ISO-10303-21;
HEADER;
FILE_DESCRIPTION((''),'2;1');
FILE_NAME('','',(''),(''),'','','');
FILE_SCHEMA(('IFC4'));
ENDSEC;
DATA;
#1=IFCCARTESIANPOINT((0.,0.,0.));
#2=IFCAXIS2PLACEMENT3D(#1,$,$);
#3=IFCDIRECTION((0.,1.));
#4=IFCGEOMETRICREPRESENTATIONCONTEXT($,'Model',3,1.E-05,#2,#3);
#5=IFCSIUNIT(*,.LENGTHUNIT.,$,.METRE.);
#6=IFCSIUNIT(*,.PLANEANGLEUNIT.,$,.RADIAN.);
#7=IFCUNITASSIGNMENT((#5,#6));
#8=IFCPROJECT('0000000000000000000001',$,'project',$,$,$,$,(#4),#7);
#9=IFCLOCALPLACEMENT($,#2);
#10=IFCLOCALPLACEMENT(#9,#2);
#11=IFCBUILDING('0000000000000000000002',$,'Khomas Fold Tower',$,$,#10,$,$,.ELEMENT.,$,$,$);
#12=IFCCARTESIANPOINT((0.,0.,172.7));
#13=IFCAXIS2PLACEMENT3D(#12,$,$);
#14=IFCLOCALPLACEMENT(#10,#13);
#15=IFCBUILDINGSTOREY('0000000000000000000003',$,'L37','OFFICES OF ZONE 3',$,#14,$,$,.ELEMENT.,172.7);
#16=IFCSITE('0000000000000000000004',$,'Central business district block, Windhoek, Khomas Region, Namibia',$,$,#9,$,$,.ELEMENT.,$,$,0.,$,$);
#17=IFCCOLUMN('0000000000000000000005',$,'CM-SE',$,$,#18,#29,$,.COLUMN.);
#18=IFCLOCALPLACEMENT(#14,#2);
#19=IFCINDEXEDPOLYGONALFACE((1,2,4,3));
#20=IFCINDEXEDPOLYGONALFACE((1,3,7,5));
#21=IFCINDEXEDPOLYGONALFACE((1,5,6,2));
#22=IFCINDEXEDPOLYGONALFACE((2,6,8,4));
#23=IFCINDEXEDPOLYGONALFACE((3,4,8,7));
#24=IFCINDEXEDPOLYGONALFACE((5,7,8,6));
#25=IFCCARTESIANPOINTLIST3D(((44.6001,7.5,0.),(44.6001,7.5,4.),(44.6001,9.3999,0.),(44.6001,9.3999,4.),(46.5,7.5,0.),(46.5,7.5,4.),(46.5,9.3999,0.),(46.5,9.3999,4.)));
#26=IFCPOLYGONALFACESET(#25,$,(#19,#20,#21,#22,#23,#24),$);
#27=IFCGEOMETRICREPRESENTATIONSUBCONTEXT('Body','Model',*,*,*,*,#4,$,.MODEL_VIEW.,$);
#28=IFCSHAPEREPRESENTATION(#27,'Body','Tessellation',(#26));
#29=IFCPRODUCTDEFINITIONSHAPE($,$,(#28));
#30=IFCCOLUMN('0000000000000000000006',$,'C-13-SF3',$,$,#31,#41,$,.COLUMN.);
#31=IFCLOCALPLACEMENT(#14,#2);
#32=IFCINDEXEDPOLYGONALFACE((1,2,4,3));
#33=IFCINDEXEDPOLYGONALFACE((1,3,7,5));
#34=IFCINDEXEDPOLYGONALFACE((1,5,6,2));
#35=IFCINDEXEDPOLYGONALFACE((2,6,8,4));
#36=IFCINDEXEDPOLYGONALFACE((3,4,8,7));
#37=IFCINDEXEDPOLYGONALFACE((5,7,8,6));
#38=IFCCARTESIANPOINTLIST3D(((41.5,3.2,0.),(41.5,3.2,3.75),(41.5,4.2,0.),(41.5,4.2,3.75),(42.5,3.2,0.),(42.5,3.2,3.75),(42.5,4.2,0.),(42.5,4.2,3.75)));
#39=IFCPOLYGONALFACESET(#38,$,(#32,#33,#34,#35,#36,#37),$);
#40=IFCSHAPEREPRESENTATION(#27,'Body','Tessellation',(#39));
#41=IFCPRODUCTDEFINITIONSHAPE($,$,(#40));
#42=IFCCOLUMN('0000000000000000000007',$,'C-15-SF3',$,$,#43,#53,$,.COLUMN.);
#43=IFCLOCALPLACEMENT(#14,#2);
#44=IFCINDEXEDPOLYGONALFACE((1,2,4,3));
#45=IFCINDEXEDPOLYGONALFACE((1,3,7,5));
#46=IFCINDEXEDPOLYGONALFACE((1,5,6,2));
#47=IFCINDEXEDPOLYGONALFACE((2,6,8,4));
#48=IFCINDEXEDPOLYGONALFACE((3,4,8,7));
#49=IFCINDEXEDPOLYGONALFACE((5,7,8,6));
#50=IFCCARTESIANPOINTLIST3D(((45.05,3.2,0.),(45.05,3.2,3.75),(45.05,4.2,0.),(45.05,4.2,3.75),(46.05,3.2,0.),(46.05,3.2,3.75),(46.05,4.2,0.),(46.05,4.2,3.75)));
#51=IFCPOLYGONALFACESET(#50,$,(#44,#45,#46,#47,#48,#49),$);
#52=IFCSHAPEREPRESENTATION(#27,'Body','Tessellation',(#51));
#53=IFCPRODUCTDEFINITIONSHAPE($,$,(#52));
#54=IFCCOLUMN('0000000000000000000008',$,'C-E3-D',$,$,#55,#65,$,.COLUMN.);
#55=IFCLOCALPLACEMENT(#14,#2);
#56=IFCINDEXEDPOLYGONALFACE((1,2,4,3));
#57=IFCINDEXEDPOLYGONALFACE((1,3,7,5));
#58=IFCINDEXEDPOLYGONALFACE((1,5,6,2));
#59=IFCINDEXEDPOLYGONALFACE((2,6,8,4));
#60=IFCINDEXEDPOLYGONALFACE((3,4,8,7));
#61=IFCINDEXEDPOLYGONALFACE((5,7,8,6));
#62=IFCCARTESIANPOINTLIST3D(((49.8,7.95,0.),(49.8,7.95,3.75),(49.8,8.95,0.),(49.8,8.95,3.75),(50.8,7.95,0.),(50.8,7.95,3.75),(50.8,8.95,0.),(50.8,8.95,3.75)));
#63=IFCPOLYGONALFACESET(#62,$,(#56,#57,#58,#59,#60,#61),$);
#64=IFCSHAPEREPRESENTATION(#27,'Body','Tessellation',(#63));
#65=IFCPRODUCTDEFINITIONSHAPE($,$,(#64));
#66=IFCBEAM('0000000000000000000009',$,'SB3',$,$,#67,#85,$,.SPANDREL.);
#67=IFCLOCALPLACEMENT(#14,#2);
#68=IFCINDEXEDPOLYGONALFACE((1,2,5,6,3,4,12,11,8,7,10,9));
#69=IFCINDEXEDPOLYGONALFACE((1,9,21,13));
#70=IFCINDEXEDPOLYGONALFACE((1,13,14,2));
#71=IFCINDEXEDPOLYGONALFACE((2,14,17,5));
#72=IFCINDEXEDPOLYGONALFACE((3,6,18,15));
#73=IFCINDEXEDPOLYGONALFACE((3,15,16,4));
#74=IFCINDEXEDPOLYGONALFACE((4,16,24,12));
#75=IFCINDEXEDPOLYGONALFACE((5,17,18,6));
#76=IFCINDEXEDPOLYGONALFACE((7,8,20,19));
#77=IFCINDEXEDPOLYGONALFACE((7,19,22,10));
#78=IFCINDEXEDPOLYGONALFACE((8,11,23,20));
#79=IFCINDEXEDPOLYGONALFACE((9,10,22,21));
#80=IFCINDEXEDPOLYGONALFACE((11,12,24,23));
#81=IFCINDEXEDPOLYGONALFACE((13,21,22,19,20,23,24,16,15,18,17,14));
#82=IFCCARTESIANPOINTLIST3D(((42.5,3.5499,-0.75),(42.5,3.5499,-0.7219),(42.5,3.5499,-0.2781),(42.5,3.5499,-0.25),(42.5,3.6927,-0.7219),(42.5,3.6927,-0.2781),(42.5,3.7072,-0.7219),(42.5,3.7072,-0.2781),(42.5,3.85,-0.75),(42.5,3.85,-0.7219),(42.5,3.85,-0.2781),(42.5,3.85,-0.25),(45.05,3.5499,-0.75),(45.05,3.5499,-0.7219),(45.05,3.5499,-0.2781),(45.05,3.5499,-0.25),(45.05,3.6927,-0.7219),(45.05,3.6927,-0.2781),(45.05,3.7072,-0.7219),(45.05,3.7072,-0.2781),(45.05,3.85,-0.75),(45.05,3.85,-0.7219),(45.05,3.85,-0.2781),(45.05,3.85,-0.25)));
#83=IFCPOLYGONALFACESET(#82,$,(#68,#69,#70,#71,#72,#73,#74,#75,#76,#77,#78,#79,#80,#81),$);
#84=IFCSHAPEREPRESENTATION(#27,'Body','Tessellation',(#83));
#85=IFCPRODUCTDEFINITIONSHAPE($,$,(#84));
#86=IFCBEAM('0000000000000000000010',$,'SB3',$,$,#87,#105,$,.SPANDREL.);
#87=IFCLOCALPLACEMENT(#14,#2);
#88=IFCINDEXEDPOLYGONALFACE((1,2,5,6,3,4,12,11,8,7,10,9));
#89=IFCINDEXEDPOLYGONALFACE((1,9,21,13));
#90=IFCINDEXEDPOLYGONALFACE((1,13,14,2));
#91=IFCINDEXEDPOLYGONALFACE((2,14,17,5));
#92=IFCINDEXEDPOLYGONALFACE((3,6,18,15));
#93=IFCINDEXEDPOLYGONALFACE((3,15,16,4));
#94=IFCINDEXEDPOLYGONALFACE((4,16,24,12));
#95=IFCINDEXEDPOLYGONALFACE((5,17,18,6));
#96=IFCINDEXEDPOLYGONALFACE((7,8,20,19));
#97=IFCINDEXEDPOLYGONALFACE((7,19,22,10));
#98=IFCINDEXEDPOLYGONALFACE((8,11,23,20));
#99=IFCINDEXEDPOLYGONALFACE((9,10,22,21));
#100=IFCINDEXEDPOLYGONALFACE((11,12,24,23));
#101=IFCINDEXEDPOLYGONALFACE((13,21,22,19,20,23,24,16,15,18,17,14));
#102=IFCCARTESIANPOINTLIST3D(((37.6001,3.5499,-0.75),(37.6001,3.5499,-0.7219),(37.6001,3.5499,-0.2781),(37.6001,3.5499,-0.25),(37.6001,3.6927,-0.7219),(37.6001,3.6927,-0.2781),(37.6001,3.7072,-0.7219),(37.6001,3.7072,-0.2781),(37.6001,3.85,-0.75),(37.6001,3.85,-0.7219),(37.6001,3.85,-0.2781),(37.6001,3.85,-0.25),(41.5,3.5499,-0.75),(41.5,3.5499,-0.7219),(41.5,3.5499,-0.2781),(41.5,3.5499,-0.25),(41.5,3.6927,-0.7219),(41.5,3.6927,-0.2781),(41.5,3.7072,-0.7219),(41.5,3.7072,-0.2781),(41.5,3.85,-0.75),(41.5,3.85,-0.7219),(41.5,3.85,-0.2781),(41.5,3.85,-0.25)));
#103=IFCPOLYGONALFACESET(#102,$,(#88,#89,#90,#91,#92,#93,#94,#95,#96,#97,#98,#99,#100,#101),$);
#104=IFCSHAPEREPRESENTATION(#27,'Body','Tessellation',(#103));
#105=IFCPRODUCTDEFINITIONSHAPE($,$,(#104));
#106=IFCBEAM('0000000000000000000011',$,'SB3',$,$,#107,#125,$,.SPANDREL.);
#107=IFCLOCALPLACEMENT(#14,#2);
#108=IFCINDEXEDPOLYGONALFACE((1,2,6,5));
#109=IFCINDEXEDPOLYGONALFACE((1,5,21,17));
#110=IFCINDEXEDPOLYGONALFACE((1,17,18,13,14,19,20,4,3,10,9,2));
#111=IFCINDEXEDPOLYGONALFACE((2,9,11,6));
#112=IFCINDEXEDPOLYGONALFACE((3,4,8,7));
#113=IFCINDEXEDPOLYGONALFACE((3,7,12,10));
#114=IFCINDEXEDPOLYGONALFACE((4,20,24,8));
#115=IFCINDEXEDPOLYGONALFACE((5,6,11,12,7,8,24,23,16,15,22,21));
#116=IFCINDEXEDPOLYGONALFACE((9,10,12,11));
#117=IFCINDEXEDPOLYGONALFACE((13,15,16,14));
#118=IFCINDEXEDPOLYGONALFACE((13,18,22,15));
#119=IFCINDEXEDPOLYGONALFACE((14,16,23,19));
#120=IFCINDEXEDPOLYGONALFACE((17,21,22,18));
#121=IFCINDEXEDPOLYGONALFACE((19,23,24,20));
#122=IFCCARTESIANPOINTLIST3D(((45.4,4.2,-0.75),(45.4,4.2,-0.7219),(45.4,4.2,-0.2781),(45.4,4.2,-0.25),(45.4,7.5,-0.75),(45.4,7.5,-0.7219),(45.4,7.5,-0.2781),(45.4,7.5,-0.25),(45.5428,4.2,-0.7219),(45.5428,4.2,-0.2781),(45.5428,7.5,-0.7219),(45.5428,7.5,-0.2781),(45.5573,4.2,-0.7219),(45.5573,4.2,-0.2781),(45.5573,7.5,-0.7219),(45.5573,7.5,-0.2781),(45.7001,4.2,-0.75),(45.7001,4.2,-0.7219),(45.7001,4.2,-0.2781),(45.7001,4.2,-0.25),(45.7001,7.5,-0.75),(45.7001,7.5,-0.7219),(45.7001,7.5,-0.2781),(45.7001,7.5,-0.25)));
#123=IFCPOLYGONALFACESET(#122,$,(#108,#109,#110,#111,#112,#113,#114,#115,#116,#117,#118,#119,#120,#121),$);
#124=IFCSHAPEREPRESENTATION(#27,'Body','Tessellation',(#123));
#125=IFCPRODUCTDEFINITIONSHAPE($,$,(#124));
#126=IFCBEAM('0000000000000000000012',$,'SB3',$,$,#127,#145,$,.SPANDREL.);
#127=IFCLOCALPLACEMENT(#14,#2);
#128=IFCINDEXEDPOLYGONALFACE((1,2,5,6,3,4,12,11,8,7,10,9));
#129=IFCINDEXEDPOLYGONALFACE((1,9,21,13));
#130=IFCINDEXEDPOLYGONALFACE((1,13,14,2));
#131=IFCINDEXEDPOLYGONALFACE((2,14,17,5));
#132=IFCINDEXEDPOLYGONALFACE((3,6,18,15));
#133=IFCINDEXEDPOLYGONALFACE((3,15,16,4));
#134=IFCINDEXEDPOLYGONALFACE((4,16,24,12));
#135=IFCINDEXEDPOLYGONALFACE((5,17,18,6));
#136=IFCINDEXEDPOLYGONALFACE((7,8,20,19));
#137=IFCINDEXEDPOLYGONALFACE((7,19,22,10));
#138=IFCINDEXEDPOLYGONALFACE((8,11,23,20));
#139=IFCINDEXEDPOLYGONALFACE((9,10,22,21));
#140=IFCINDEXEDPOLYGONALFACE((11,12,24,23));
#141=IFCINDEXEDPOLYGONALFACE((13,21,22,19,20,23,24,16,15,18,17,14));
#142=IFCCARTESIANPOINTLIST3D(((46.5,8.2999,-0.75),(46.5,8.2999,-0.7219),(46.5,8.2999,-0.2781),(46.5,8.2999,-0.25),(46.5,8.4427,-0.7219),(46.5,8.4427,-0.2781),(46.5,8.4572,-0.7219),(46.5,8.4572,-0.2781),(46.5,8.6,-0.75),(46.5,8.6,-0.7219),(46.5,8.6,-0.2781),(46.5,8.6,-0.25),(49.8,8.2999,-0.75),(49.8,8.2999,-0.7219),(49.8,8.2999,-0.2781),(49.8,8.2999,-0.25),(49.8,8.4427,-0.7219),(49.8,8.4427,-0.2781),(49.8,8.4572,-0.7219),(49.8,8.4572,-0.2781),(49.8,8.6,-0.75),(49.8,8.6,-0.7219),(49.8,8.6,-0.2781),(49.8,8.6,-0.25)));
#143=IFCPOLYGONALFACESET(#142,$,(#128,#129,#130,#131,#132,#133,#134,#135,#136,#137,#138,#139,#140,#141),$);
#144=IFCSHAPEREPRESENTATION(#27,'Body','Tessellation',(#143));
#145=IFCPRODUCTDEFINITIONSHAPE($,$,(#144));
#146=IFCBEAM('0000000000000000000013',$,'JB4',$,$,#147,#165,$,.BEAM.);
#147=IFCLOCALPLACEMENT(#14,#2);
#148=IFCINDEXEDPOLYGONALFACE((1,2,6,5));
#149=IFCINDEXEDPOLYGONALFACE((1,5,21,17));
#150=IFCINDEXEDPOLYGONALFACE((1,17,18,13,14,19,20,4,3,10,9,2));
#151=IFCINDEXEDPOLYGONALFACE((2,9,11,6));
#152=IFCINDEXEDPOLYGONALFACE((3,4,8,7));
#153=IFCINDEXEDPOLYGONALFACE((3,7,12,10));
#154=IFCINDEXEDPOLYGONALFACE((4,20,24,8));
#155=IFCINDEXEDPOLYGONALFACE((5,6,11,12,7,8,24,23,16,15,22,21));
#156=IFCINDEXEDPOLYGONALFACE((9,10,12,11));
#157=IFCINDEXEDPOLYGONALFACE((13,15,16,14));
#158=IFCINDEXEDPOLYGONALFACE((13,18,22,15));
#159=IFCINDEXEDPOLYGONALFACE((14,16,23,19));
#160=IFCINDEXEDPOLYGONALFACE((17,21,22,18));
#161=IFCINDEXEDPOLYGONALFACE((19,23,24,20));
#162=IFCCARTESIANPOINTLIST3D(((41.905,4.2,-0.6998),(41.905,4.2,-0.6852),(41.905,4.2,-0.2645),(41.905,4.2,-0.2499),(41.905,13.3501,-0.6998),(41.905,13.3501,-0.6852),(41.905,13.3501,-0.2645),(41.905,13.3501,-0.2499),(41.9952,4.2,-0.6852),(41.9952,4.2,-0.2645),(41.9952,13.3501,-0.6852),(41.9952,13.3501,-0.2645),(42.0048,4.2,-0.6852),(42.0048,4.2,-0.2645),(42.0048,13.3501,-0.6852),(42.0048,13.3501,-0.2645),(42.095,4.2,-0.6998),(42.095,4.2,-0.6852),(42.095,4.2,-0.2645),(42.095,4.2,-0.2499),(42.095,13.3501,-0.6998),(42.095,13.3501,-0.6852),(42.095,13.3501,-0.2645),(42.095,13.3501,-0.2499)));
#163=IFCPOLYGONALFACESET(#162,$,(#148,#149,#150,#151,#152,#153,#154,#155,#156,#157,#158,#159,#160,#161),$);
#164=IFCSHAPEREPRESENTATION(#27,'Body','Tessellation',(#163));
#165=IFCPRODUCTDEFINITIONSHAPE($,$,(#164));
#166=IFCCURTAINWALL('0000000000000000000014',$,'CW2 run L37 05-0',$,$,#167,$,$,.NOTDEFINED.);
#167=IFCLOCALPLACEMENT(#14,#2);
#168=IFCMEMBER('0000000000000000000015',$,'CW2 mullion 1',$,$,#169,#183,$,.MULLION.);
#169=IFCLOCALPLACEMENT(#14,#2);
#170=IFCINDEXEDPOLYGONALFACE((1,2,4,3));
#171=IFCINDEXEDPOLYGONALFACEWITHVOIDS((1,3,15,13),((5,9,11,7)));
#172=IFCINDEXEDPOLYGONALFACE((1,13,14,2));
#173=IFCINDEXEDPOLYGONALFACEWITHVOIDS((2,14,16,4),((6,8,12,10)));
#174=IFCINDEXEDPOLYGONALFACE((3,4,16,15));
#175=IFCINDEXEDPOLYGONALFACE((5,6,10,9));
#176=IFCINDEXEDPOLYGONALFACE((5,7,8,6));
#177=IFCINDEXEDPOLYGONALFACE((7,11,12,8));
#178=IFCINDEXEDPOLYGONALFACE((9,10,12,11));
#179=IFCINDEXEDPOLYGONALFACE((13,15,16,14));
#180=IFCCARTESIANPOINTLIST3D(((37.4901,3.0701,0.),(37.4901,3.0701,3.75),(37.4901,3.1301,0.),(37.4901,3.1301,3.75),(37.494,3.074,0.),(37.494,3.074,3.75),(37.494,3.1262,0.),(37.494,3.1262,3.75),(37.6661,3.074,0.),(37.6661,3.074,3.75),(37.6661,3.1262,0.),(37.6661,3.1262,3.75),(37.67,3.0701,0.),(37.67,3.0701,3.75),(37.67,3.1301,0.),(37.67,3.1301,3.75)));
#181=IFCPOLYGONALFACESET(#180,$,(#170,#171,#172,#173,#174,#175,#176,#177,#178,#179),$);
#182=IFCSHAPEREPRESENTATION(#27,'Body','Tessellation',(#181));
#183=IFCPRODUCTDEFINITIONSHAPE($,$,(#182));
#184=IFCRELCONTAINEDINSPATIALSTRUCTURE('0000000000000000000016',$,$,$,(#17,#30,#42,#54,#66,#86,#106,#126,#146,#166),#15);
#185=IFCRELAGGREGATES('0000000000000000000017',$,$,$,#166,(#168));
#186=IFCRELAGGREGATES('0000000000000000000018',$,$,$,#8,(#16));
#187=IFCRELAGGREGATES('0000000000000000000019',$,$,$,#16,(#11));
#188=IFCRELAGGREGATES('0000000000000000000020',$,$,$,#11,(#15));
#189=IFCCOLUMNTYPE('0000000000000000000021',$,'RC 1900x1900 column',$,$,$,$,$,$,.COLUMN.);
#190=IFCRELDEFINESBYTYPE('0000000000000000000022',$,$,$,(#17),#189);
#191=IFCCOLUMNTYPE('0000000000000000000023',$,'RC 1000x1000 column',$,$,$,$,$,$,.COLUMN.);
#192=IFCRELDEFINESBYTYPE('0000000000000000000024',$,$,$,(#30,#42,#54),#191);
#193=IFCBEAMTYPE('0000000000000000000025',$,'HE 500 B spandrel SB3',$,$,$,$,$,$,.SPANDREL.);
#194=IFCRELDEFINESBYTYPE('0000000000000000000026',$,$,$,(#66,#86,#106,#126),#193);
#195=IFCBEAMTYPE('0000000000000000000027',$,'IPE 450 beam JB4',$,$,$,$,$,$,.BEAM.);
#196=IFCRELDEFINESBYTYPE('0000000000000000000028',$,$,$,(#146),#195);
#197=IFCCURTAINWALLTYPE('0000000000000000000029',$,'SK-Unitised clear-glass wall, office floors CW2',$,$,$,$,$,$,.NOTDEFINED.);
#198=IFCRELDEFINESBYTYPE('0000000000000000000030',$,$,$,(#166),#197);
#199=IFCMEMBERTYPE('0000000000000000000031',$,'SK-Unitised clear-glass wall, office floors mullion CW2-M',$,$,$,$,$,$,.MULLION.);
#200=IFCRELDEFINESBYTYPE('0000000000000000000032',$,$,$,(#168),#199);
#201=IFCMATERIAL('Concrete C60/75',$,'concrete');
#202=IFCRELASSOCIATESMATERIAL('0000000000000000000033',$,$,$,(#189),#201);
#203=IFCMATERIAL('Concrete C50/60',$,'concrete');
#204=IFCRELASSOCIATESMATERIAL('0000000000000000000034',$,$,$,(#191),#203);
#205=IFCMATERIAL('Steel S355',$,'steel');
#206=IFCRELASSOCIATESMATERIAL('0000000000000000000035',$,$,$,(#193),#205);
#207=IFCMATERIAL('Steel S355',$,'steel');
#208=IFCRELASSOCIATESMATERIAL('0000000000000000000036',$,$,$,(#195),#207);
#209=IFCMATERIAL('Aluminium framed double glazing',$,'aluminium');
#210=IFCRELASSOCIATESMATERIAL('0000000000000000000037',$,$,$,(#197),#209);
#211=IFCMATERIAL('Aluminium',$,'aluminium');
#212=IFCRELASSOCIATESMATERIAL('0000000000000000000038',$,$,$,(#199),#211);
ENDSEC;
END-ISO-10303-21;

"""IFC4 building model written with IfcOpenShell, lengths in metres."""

from ifc_helpers import new_model, si_unit, direction, frame, origin, origin_2d, place, context, subcontext, project, spatial, rectangle, hollow_rectangle, i_section, extrude, source, transform, mapped, material, material_profile, profile_set, type_object, element, aggregate, save


model = new_model("IFC4")

# Units and contexts
model_context = context("Model", 3, precision=1e-05, world=origin(), true_north=direction((0.0, 1.0)))
body_context = subcontext(model_context, "Body", "Model", "MODEL_VIEW")
ifc_project = project(units=[si_unit("LENGTHUNIT", "METRE"), si_unit("PLANEANGLEUNIT", "RADIAN")], contexts=[model_context])

# Site, building, storey
site_placement = place(None, origin())
site = spatial("IfcSite", under=ifc_project, at=site_placement, Name="Central business district block, Windhoek, Khomas Region, Namibia", CompositionType="ELEMENT", RefElevation=0.0)
building_placement = place(site_placement, origin())
building = spatial("IfcBuilding", under=site, at=building_placement, Name="Khomas Fold Tower", CompositionType="ELEMENT")
storey_placement = place(building_placement, frame((0.0, 0.0, 172.7)))
storey = spatial("IfcBuildingStorey", under=building, at=storey_placement, Name="L37", Description="OFFICES OF ZONE 3", CompositionType="ELEMENT", Elevation=172.7)

# Columns
ifc_material_1 = material(Name="Concrete C60/75", Category="concrete")
ifc_material_profile_1 = material_profile(ifc_material_1, rectangle(XDim=1.8999, YDim=1.8999, at=origin_2d()), Name="RC 1900x1900")
ifc_profile_set_1 = profile_set([ifc_material_profile_1], Name="Concrete C60/75")
column_type_1 = type_object("IfcColumnType", Name="RC 1900x1900 column", PredefinedType="COLUMN", material=ifc_profile_set_1)
shared_shape_1 = source(origin(), body_context, "Body", "SweptSolid", [
    extrude(rectangle(XDim=1.8999, YDim=1.8999, at=origin_2d()), origin(), (0.0, 0.0, 1.0), 4.0),
])
column_placement = place(storey_placement, frame((45.55, 8.45, 0.0), z_axis=(0.0, 0.0, 1.0), x_axis=(1.0, 0.0, 0.0)))
element("IfcColumn", 1, at=column_placement, inside=storey, type_object=column_type_1, Name="CM-SE", PredefinedType="COLUMN", context=body_context, shape_type="MappedRepresentation", body=[
    mapped(shared_shape_1, transform((0.0, 0.0, 0.0))),
])
ifc_material_2 = material(Name="Concrete C50/60", Category="concrete")
ifc_material_profile_2 = material_profile(ifc_material_2, rectangle(XDim=1.0, YDim=1.0, at=origin_2d()), Name="RC 1000x1000")
ifc_profile_set_2 = profile_set([ifc_material_profile_2], Name="Concrete C50/60")
column_type_2 = type_object("IfcColumnType", Name="RC 1000x1000 column", PredefinedType="COLUMN", material=ifc_profile_set_2)
shared_shape_2 = source(origin(), body_context, "Body", "SweptSolid", [
    extrude(rectangle(XDim=1.0, YDim=1.0, at=origin_2d()), origin(), (0.0, 0.0, 1.0), 3.75),
])
for number, where, z_axis, x_axis, name in (
    (2, (42.0, 3.7, 0.0), (0.0, 0.0, 1.0), (1.0, 0.0, 0.0), "C-13-SF3"),
    (3, (45.55, 3.7, 0.0), (0.0, 0.0, 1.0), (1.0, 0.0, 0.0), "C-15-SF3"),
    (4, (50.3, 8.45, 0.0), (0.0, 0.0, 1.0), (1.0, 0.0, 0.0), "C-E3-D"),
):
    element("IfcColumn", number, at=place(storey_placement, frame(where, z_axis=z_axis, x_axis=x_axis)), inside=storey, type_object=column_type_2, Name=name, PredefinedType="COLUMN", context=body_context, shape_type="MappedRepresentation", body=[
        mapped(shared_shape_2, transform((0.0, 0.0, 0.0))),
    ])

# Beams
ifc_material_3 = material(Name="Steel S355", Category="steel")
ifc_material_profile_3 = material_profile(ifc_material_3, i_section(OverallWidth=0.3, OverallDepth=0.5, WebThickness=0.0144, FlangeThickness=0.0281, at=origin_2d()), Name="HE 500 B")
ifc_profile_set_3 = profile_set([ifc_material_profile_3], Name="Steel S355")
beam_type_1 = type_object("IfcBeamType", Name="HE 500 B spandrel SB3", PredefinedType="SPANDREL", material=ifc_profile_set_3)
shared_shape_3 = source(origin(), body_context, "Body", "SweptSolid", [
    extrude(i_section(OverallWidth=0.3, OverallDepth=0.5, WebThickness=0.0144, FlangeThickness=0.0281, at=origin_2d()), origin(), (0.0, 0.0, 1.0), 2.55),
])
beam_1_placement = place(storey_placement, frame((42.5, 3.7, -0.5), z_axis=(1.0, 0.0, 0.0), x_axis=(0.0, 1.0, 0.0)))
element("IfcBeam", 5, at=beam_1_placement, inside=storey, type_object=beam_type_1, Name="SB3", PredefinedType="SPANDREL", context=body_context, shape_type="MappedRepresentation", body=[
    mapped(shared_shape_3, transform((0.0, 0.0, 0.0))),
])
shared_shape_4 = source(origin(), body_context, "Body", "SweptSolid", [
    extrude(i_section(OverallWidth=0.3, OverallDepth=0.5, WebThickness=0.0144, FlangeThickness=0.0281, at=origin_2d()), origin(), (0.0, 0.0, 1.0), 3.8999),
])
beam_2_placement = place(storey_placement, frame((37.6001, 3.7, -0.5), z_axis=(1.0, 0.0, 0.0), x_axis=(0.0, 1.0, 0.0)))
element("IfcBeam", 6, at=beam_2_placement, inside=storey, type_object=beam_type_1, Name="SB3", PredefinedType="SPANDREL", context=body_context, shape_type="MappedRepresentation", body=[
    mapped(shared_shape_4, transform((0.0, 0.0, 0.0))),
])
shared_shape_5 = source(origin(), body_context, "Body", "SweptSolid", [
    extrude(i_section(OverallWidth=0.3, OverallDepth=0.5, WebThickness=0.0144, FlangeThickness=0.0281, at=origin_2d()), origin(), (0.0, 0.0, 1.0), 3.3),
])
for number, where, z_axis, x_axis, name in (
    (7, (45.55, 4.2, -0.5), (0.0, 1.0, 0.0), (-1.0, 0.0, 0.0), "SB3"),
    (8, (46.5, 8.45, -0.5), (1.0, 0.0, 0.0), (0.0, 1.0, 0.0), "SB3"),
):
    element("IfcBeam", number, at=place(storey_placement, frame(where, z_axis=z_axis, x_axis=x_axis)), inside=storey, type_object=beam_type_1, Name=name, PredefinedType="SPANDREL", context=body_context, shape_type="MappedRepresentation", body=[
        mapped(shared_shape_5, transform((0.0, 0.0, 0.0))),
    ])
ifc_material_4 = material(Name="Steel S355", Category="steel")
ifc_material_profile_4 = material_profile(ifc_material_4, i_section(OverallWidth=0.1899, OverallDepth=0.45, WebThickness=0.0095, FlangeThickness=0.0146, at=origin_2d()), Name="IPE 450")
ifc_profile_set_4 = profile_set([ifc_material_profile_4], Name="Steel S355")
beam_type_2 = type_object("IfcBeamType", Name="IPE 450 beam JB4", PredefinedType="BEAM", material=ifc_profile_set_4)
shared_shape_6 = source(origin(), body_context, "Body", "SweptSolid", [
    extrude(i_section(OverallWidth=0.1899, OverallDepth=0.45, WebThickness=0.0095, FlangeThickness=0.0146, at=origin_2d()), origin(), (0.0, 0.0, 1.0), 9.1501),
])
beam_3_placement = place(storey_placement, frame((42.0, 4.2, -0.4749), z_axis=(0.0, 1.0, 0.0), x_axis=(-1.0, 0.0, 0.0)))
element("IfcBeam", 9, at=beam_3_placement, inside=storey, type_object=beam_type_2, Name="JB4", PredefinedType="BEAM", context=body_context, shape_type="MappedRepresentation", body=[
    mapped(shared_shape_6, transform((0.0, 0.0, 0.0))),
])

# Curtain wall, member
ifc_material_5 = material(Name="Aluminium framed double glazing", Category="aluminium")
curtain_wall_type_1 = type_object("IfcCurtainWallType", Name="SK-Unitised clear-glass wall, office floors CW2", PredefinedType="NOTDEFINED", material=ifc_material_5)
curtain_wall_1_placement = place(storey_placement, origin())
curtain_wall_1 = element("IfcCurtainWall", 10, at=curtain_wall_1_placement, inside=storey, type_object=curtain_wall_type_1, Name="CW2 run L37 05-0", PredefinedType="NOTDEFINED")
ifc_material_6 = material(Name="Aluminium", Category="aluminium")
ifc_material_profile_5 = material_profile(ifc_material_6, hollow_rectangle(XDim=0.0601, YDim=0.1799, WallThickness=0.0039, at=origin_2d()), Name="SK-Unitised clear-glass wall, office floors mullion CW2-M")
ifc_profile_set_5 = profile_set([ifc_material_profile_5], Name="Aluminium")
member_type_1 = type_object("IfcMemberType", Name="SK-Unitised clear-glass wall, office floors mullion CW2-M", PredefinedType="MULLION", material=ifc_profile_set_5)
shared_shape_7 = source(origin(), body_context, "Body", "SweptSolid", [
    extrude(hollow_rectangle(XDim=0.0601, YDim=0.1799, WallThickness=0.0039, at=origin_2d()), origin(), (0.0, 0.0, 1.0), 3.75),
])
member_1_placement = place(storey_placement, frame((37.5801, 3.1001, 0.0), z_axis=(0.0, 0.0, 1.0), x_axis=(0.0, 1.0, 0.0)))
member_1 = element("IfcMember", 11, at=member_1_placement, type_object=member_type_1, Name="CW2 mullion 1", PredefinedType="MULLION", context=body_context, shape_type="MappedRepresentation", body=[
    mapped(shared_shape_7, transform((0.0, 0.0, 0.0))),
])

aggregate(curtain_wall_1, [member_1])

save(model, "model.ifc")
